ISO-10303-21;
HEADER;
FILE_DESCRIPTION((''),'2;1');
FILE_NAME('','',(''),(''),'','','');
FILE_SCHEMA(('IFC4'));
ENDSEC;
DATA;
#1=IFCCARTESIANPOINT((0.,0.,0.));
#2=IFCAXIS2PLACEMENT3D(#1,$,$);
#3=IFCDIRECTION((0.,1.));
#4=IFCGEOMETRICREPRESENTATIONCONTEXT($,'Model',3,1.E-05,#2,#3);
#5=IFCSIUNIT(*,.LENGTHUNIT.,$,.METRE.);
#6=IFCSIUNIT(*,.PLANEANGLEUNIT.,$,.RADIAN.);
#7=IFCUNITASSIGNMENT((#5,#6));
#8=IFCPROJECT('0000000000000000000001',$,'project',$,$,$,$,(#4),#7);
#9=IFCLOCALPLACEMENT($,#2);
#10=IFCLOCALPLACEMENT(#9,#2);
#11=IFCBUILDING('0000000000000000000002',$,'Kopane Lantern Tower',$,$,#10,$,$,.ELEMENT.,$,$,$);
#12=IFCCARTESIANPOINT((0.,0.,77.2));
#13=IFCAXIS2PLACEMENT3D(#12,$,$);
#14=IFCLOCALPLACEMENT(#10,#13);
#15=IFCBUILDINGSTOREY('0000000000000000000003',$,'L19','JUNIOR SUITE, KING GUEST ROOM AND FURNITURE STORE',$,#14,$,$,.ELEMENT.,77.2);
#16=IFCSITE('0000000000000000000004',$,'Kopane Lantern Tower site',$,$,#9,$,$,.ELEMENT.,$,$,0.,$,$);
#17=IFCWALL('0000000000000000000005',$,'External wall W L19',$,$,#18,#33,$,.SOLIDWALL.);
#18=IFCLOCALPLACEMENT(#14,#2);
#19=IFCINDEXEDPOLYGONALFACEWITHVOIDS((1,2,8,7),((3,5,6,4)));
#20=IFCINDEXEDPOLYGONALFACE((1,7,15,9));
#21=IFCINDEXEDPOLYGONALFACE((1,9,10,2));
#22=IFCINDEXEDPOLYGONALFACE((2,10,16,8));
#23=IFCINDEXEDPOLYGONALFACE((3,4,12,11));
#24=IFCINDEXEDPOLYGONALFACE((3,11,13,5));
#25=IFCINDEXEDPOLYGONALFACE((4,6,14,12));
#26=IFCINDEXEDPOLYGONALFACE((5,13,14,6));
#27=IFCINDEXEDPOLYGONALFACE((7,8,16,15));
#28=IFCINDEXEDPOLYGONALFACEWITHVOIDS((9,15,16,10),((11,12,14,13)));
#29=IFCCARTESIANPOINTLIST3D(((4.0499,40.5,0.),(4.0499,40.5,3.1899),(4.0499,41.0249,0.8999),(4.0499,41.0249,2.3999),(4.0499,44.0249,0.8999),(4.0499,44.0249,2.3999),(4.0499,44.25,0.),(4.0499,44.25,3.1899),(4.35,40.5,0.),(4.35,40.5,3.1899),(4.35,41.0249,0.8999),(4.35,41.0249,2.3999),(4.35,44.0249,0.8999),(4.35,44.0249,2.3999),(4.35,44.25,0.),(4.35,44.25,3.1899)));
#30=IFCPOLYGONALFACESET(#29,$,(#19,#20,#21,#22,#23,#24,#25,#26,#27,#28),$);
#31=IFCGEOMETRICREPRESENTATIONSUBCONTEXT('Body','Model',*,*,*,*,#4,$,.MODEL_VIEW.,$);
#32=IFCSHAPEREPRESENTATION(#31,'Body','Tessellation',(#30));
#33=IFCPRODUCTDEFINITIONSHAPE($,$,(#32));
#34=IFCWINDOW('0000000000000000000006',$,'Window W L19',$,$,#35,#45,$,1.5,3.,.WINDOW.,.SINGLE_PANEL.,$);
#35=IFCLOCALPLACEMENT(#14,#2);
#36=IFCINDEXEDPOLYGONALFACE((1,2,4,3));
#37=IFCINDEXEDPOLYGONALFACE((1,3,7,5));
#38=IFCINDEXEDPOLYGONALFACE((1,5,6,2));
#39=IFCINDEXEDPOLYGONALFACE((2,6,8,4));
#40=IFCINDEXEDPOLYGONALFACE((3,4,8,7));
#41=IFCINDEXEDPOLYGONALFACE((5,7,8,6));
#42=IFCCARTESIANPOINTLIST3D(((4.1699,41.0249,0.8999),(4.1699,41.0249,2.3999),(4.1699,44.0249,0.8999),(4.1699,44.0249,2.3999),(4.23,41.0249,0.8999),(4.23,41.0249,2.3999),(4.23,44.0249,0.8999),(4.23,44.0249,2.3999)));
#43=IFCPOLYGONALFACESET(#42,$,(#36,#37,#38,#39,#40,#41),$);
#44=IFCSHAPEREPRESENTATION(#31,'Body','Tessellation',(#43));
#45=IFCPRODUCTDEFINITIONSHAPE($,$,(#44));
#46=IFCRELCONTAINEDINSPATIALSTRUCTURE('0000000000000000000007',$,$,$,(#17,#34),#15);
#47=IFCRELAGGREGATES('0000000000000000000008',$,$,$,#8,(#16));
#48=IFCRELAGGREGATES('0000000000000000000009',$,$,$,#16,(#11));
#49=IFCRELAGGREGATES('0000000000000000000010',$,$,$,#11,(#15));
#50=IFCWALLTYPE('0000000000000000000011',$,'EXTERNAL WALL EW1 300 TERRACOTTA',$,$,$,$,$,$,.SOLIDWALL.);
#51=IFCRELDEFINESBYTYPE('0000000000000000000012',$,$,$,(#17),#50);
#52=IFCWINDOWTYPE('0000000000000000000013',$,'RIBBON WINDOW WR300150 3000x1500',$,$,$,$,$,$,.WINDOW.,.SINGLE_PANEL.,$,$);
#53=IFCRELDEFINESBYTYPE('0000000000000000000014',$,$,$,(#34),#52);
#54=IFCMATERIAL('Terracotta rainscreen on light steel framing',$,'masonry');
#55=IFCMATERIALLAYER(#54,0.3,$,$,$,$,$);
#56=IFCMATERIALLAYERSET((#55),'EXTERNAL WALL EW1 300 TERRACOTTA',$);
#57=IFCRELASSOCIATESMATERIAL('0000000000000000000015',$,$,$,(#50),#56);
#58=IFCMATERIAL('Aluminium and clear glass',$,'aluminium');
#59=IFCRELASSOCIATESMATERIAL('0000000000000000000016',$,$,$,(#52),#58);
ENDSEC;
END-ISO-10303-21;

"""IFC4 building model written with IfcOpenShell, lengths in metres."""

from ifc_helpers import new_model, si_unit, direction, frame, frame_2d, origin, place, context, subcontext, project, spatial, rectangle, extrude, material, layer, layer_set, type_object, element, fill, save


model = new_model("IFC4")

# Units and contexts
model_context = context("Model", 3, precision=1e-05, world=origin(), true_north=direction((0.0, 1.0)))
body_context = subcontext(model_context, "Body", "Model", "MODEL_VIEW")
ifc_project = project(units=[si_unit("LENGTHUNIT", "METRE"), si_unit("PLANEANGLEUNIT", "RADIAN")], contexts=[model_context])

# Site, building, storey
site_placement = place(None, origin())
site = spatial("IfcSite", under=ifc_project, at=site_placement, Name="Kopane Lantern Tower site", CompositionType="ELEMENT", RefElevation=0.0)
building_placement = place(site_placement, origin())
building = spatial("IfcBuilding", under=site, at=building_placement, Name="Kopane Lantern Tower", CompositionType="ELEMENT")
storey_placement = place(building_placement, frame((0.0, 0.0, 77.2)))
storey = spatial("IfcBuildingStorey", under=building, at=storey_placement, Name="L19", Description="JUNIOR SUITE, KING GUEST ROOM AND FURNITURE STORE", CompositionType="ELEMENT", Elevation=77.2)

# Wall, opening, window
ifc_material_1 = material(Name="Terracotta rainscreen on light steel framing", Category="masonry")
ifc_layer_1 = layer(ifc_material_1, 0.3)
ifc_layer_set_1 = layer_set([ifc_layer_1], Name="EXTERNAL WALL EW1 300 TERRACOTTA")
wall_type_1 = type_object("IfcWallType", Name="EXTERNAL WALL EW1 300 TERRACOTTA", PredefinedType="SOLIDWALL", material=ifc_layer_set_1)
wall_1_placement = place(storey_placement, frame((4.2, 44.25, 0.0), z_axis=(0.0, 0.0, 1.0), x_axis=(0.0, -1.0, 0.0)))
wall_1 = element("IfcWall", 1, at=wall_1_placement, inside=storey, type_object=wall_type_1, Name="External wall W L19", PredefinedType="SOLIDWALL", context=body_context, shape_type="SweptSolid", body=[
    extrude(rectangle(XDim=3.75, YDim=0.3, at=frame_2d((1.875, 0.0))), origin(), (0.0, 0.0, 1.0), 3.1899),
])
opening_placement = place(wall_1_placement, frame((0.2251, 0.0, 0.8999)))
opening = element("IfcOpeningElement", 2, at=opening_placement, cuts=wall_1, PredefinedType="OPENING", context=body_context, shape_type="SweptSolid", body=[
    extrude(rectangle(XDim=3.0, YDim=1.5, at=frame_2d((1.5, 0.75))), frame((0.0, 0.1599, 0.0), z_axis=(0.0, -1.0, 0.0), x_axis=(1.0, 0.0, 0.0)), (0.0, 0.0, 1.0), 0.3201),
])
ifc_material_2 = material(Name="Aluminium and clear glass", Category="aluminium")
window_type = type_object("IfcWindowType", Name="RIBBON WINDOW WR300150 3000x1500", PartitioningType="SINGLE_PANEL", PredefinedType="WINDOW", material=ifc_material_2)
window_placement = place(opening_placement, origin())
window = element("IfcWindow", 3, at=window_placement, inside=storey, type_object=window_type, Name="Window W L19", OverallHeight=1.5, OverallWidth=3.0, PartitioningType="SINGLE_PANEL", PredefinedType="WINDOW", context=body_context, shape_type="SweptSolid", body=[
    extrude(rectangle(XDim=3.0, YDim=1.5, at=frame_2d((1.5, 0.75))), frame((0.0, 0.03, 0.0), z_axis=(0.0, -1.0, 0.0), x_axis=(1.0, 0.0, 0.0)), (0.0, 0.0, 1.0), 0.0601),
])
fill(opening, window)

save(model, "model.ifc")
